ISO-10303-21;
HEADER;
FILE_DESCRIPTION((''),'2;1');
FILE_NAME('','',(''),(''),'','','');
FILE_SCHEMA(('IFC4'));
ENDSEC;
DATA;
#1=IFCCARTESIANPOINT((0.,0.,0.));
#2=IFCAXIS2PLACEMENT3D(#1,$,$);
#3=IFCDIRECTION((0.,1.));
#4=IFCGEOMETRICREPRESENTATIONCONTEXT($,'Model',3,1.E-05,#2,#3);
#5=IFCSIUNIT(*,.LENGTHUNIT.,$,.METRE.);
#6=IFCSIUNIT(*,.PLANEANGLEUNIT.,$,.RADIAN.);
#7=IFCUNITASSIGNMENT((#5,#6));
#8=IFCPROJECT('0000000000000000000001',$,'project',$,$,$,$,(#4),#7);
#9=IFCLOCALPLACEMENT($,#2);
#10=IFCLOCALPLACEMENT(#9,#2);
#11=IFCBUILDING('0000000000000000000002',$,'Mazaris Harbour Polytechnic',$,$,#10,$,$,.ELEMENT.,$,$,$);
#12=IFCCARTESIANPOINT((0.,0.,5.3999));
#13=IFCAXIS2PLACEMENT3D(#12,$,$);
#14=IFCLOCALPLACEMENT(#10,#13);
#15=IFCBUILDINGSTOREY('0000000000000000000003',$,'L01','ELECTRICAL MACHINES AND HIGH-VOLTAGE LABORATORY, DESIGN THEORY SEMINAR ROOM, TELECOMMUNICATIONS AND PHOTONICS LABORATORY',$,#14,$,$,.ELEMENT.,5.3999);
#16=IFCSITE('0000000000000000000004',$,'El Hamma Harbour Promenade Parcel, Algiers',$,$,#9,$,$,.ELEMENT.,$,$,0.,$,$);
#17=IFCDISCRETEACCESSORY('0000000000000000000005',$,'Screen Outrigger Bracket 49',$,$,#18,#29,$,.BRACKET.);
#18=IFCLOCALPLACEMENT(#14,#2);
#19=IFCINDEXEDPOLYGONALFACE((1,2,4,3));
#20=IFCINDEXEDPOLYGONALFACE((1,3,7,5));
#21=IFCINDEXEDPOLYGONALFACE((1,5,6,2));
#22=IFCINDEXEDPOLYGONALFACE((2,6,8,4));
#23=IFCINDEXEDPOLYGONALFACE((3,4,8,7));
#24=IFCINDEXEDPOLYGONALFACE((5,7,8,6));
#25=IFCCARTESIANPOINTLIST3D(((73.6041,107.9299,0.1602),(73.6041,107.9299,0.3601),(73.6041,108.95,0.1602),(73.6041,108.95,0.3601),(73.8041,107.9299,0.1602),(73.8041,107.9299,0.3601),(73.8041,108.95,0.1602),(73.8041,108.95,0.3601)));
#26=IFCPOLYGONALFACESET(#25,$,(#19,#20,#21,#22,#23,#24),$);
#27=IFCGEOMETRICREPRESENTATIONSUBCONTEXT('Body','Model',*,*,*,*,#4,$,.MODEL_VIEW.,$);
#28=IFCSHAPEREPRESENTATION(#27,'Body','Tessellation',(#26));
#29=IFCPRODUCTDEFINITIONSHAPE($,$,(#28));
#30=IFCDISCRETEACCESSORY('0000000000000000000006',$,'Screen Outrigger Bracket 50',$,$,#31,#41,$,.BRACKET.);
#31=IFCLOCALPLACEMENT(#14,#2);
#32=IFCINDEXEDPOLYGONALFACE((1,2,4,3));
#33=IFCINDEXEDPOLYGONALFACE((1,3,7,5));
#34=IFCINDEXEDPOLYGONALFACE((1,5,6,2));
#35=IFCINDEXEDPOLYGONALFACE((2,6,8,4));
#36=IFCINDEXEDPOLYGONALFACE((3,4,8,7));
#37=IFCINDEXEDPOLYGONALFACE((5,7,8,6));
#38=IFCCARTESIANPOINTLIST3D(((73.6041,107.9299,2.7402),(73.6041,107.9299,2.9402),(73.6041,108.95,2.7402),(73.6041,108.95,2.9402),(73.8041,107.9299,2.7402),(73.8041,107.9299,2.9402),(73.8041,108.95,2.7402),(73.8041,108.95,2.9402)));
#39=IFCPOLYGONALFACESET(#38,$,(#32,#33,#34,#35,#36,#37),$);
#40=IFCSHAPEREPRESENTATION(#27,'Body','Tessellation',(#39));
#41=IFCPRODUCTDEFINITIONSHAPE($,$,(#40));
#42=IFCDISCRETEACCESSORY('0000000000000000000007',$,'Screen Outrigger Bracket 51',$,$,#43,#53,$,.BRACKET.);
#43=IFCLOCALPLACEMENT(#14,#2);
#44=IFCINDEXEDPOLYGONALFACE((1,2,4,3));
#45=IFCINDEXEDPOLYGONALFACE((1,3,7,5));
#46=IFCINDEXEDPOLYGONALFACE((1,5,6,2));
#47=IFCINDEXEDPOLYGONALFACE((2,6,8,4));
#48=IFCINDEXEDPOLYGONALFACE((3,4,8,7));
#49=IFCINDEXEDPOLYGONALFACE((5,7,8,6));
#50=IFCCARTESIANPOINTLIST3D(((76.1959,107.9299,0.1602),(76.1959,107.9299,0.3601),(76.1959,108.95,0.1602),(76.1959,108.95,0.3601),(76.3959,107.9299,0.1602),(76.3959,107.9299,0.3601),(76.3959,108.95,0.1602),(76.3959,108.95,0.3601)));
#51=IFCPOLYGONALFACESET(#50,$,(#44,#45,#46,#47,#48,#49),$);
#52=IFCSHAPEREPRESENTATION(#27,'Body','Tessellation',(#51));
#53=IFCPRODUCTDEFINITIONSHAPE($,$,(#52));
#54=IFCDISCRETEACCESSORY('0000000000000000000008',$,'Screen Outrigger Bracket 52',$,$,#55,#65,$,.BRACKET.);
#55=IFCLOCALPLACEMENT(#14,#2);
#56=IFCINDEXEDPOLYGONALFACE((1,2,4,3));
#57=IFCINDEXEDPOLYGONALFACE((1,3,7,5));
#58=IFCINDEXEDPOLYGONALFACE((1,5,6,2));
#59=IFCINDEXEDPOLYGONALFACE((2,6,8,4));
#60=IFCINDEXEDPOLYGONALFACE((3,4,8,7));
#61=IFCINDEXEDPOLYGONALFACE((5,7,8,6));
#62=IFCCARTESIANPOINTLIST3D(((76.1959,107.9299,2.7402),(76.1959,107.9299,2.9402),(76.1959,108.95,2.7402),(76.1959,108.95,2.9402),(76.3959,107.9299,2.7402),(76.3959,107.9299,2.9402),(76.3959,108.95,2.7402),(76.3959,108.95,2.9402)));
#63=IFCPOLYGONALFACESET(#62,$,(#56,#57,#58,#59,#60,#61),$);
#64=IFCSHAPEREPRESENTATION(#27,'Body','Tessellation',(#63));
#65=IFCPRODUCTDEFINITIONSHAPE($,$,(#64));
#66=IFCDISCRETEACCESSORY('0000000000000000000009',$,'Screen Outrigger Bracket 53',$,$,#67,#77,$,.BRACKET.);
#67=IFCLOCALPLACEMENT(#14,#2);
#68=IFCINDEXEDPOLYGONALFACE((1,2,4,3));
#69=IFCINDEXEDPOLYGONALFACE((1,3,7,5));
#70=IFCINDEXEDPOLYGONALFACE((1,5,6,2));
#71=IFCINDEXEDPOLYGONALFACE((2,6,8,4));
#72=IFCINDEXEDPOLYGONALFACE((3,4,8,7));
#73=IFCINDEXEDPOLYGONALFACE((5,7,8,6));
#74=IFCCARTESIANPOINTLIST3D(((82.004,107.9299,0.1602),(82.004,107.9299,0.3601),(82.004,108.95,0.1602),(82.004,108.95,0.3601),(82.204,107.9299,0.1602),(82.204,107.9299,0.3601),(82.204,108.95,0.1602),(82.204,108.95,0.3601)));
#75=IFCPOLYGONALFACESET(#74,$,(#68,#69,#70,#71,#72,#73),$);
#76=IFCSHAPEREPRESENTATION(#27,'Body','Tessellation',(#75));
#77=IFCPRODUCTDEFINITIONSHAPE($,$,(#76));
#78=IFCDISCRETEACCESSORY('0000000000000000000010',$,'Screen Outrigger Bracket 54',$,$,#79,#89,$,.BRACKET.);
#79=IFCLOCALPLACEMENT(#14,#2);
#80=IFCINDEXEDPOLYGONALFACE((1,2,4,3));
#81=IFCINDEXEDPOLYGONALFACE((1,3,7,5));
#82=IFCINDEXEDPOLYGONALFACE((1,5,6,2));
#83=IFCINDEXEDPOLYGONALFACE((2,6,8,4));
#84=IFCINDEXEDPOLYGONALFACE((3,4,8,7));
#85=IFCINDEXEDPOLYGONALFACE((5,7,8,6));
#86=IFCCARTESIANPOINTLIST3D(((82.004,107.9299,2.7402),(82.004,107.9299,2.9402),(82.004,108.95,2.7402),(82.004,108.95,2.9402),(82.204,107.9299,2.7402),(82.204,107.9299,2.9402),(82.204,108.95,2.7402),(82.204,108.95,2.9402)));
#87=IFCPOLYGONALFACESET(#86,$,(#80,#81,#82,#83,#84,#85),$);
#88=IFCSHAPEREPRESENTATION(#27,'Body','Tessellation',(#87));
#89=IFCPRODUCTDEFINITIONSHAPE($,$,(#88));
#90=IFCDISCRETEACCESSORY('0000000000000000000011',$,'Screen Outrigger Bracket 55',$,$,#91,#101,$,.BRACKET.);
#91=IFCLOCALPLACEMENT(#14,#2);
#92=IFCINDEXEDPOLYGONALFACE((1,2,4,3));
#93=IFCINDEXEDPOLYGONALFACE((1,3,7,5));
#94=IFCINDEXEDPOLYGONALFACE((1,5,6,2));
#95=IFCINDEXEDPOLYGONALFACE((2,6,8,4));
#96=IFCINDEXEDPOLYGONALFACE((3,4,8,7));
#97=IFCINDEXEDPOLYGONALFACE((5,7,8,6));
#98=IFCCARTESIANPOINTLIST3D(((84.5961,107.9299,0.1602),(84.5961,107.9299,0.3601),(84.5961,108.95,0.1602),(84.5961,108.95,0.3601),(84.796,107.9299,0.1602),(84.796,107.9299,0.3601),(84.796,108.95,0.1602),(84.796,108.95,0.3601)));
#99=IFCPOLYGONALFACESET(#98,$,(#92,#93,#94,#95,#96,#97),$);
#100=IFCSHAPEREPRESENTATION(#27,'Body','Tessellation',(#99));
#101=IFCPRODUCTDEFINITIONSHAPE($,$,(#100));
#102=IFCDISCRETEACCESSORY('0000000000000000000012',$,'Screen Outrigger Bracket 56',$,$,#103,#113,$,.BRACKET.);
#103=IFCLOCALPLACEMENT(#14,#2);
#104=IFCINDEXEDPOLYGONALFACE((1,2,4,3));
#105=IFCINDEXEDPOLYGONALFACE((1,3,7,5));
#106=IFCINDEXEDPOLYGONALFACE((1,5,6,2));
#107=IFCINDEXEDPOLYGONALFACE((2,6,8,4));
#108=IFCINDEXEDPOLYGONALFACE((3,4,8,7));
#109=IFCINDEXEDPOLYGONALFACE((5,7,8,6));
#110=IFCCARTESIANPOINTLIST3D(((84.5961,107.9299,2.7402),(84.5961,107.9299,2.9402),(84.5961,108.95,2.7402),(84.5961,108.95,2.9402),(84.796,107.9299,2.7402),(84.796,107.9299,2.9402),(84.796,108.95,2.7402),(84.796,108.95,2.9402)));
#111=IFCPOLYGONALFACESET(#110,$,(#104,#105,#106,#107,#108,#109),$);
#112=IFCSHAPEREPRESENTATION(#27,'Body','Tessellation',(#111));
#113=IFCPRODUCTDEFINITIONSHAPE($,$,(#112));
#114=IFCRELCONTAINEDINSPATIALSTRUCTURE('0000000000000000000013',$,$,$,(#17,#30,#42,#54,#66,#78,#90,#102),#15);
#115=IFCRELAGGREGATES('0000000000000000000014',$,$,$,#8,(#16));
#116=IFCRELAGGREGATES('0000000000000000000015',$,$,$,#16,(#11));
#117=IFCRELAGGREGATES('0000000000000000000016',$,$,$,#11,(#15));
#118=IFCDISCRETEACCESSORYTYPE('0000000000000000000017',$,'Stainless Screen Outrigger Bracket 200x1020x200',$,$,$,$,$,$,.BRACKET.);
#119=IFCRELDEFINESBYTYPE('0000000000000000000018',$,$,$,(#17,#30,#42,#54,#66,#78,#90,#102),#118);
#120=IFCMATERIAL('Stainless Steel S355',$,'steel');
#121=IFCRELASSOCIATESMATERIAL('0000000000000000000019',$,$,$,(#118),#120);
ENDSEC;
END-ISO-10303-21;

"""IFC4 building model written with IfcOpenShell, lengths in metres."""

from ifc_helpers import new_model, si_unit, direction, frame, origin, origin_2d, place, context, subcontext, project, spatial, rectangle, extrude, material, type_object, element, save


model = new_model("IFC4")

# Units and contexts
model_context = context("Model", 3, precision=1e-05, world=origin(), true_north=direction((0.0, 1.0)))
body_context = subcontext(model_context, "Body", "Model", "MODEL_VIEW")
ifc_project = project(units=[si_unit("LENGTHUNIT", "METRE"), si_unit("PLANEANGLEUNIT", "RADIAN")], contexts=[model_context])

# Site, building, storey
site_placement = place(None, origin())
site = spatial("IfcSite", under=ifc_project, at=site_placement, Name="El Hamma Harbour Promenade Parcel, Algiers", CompositionType="ELEMENT", RefElevation=0.0)
building_placement = place(site_placement, origin())
building = spatial("IfcBuilding", under=site, at=building_placement, Name="Mazaris Harbour Polytechnic", CompositionType="ELEMENT")
storey_placement = place(building_placement, frame((0.0, 0.0, 5.3999)))
storey = spatial("IfcBuildingStorey", under=building, at=storey_placement, Name="L01", Description="ELECTRICAL MACHINES AND HIGH-VOLTAGE LABORATORY, DESIGN THEORY SEMINAR ROOM, TELECOMMUNICATIONS AND PHOTONICS LABORATORY", CompositionType="ELEMENT", Elevation=5.3999)

# Discrete accessories
ifc_material_1 = material(Name="Stainless Steel S355", Category="steel")
discrete_accessory_type = type_object("IfcDiscreteAccessoryType", Name="Stainless Screen Outrigger Bracket 200x1020x200", PredefinedType="BRACKET", material=ifc_material_1)
for number, where, z_axis, x_axis, name in (
    (1, (73.7041, 108.4399, 0.1602), (0.0, 0.0, 1.0), (1.0, 0.0, 0.0), "Screen Outrigger Bracket 49"),
    (2, (73.7041, 108.4399, 2.7402), (0.0, 0.0, 1.0), (1.0, 0.0, 0.0), "Screen Outrigger Bracket 50"),
    (3, (76.2959, 108.4399, 0.1602), (0.0, 0.0, 1.0), (1.0, 0.0, 0.0), "Screen Outrigger Bracket 51"),
    (4, (76.2959, 108.4399, 2.7402), (0.0, 0.0, 1.0), (1.0, 0.0, 0.0), "Screen Outrigger Bracket 52"),
    (5, (82.104, 108.4399, 0.1602), (0.0, 0.0, 1.0), (1.0, 0.0, 0.0), "Screen Outrigger Bracket 53"),
    (6, (82.104, 108.4399, 2.7402), (0.0, 0.0, 1.0), (1.0, 0.0, 0.0), "Screen Outrigger Bracket 54"),
    (7, (84.696, 108.4399, 0.1602), (0.0, 0.0, 1.0), (1.0, 0.0, 0.0), "Screen Outrigger Bracket 55"),
    (8, (84.696, 108.4399, 2.7402), (0.0, 0.0, 1.0), (1.0, 0.0, 0.0), "Screen Outrigger Bracket 56"),
):
    element("IfcDiscreteAccessory", number, at=place(storey_placement, frame(where, z_axis=z_axis, x_axis=x_axis)), inside=storey, type_object=discrete_accessory_type, Name=name, PredefinedType="BRACKET", context=body_context, shape_type="SweptSolid", body=[
        extrude(rectangle(XDim=0.2, YDim=1.02, at=origin_2d()), origin(), (0.0, 0.0, 1.0), 0.2),
    ])

save(model, "model.ifc")
